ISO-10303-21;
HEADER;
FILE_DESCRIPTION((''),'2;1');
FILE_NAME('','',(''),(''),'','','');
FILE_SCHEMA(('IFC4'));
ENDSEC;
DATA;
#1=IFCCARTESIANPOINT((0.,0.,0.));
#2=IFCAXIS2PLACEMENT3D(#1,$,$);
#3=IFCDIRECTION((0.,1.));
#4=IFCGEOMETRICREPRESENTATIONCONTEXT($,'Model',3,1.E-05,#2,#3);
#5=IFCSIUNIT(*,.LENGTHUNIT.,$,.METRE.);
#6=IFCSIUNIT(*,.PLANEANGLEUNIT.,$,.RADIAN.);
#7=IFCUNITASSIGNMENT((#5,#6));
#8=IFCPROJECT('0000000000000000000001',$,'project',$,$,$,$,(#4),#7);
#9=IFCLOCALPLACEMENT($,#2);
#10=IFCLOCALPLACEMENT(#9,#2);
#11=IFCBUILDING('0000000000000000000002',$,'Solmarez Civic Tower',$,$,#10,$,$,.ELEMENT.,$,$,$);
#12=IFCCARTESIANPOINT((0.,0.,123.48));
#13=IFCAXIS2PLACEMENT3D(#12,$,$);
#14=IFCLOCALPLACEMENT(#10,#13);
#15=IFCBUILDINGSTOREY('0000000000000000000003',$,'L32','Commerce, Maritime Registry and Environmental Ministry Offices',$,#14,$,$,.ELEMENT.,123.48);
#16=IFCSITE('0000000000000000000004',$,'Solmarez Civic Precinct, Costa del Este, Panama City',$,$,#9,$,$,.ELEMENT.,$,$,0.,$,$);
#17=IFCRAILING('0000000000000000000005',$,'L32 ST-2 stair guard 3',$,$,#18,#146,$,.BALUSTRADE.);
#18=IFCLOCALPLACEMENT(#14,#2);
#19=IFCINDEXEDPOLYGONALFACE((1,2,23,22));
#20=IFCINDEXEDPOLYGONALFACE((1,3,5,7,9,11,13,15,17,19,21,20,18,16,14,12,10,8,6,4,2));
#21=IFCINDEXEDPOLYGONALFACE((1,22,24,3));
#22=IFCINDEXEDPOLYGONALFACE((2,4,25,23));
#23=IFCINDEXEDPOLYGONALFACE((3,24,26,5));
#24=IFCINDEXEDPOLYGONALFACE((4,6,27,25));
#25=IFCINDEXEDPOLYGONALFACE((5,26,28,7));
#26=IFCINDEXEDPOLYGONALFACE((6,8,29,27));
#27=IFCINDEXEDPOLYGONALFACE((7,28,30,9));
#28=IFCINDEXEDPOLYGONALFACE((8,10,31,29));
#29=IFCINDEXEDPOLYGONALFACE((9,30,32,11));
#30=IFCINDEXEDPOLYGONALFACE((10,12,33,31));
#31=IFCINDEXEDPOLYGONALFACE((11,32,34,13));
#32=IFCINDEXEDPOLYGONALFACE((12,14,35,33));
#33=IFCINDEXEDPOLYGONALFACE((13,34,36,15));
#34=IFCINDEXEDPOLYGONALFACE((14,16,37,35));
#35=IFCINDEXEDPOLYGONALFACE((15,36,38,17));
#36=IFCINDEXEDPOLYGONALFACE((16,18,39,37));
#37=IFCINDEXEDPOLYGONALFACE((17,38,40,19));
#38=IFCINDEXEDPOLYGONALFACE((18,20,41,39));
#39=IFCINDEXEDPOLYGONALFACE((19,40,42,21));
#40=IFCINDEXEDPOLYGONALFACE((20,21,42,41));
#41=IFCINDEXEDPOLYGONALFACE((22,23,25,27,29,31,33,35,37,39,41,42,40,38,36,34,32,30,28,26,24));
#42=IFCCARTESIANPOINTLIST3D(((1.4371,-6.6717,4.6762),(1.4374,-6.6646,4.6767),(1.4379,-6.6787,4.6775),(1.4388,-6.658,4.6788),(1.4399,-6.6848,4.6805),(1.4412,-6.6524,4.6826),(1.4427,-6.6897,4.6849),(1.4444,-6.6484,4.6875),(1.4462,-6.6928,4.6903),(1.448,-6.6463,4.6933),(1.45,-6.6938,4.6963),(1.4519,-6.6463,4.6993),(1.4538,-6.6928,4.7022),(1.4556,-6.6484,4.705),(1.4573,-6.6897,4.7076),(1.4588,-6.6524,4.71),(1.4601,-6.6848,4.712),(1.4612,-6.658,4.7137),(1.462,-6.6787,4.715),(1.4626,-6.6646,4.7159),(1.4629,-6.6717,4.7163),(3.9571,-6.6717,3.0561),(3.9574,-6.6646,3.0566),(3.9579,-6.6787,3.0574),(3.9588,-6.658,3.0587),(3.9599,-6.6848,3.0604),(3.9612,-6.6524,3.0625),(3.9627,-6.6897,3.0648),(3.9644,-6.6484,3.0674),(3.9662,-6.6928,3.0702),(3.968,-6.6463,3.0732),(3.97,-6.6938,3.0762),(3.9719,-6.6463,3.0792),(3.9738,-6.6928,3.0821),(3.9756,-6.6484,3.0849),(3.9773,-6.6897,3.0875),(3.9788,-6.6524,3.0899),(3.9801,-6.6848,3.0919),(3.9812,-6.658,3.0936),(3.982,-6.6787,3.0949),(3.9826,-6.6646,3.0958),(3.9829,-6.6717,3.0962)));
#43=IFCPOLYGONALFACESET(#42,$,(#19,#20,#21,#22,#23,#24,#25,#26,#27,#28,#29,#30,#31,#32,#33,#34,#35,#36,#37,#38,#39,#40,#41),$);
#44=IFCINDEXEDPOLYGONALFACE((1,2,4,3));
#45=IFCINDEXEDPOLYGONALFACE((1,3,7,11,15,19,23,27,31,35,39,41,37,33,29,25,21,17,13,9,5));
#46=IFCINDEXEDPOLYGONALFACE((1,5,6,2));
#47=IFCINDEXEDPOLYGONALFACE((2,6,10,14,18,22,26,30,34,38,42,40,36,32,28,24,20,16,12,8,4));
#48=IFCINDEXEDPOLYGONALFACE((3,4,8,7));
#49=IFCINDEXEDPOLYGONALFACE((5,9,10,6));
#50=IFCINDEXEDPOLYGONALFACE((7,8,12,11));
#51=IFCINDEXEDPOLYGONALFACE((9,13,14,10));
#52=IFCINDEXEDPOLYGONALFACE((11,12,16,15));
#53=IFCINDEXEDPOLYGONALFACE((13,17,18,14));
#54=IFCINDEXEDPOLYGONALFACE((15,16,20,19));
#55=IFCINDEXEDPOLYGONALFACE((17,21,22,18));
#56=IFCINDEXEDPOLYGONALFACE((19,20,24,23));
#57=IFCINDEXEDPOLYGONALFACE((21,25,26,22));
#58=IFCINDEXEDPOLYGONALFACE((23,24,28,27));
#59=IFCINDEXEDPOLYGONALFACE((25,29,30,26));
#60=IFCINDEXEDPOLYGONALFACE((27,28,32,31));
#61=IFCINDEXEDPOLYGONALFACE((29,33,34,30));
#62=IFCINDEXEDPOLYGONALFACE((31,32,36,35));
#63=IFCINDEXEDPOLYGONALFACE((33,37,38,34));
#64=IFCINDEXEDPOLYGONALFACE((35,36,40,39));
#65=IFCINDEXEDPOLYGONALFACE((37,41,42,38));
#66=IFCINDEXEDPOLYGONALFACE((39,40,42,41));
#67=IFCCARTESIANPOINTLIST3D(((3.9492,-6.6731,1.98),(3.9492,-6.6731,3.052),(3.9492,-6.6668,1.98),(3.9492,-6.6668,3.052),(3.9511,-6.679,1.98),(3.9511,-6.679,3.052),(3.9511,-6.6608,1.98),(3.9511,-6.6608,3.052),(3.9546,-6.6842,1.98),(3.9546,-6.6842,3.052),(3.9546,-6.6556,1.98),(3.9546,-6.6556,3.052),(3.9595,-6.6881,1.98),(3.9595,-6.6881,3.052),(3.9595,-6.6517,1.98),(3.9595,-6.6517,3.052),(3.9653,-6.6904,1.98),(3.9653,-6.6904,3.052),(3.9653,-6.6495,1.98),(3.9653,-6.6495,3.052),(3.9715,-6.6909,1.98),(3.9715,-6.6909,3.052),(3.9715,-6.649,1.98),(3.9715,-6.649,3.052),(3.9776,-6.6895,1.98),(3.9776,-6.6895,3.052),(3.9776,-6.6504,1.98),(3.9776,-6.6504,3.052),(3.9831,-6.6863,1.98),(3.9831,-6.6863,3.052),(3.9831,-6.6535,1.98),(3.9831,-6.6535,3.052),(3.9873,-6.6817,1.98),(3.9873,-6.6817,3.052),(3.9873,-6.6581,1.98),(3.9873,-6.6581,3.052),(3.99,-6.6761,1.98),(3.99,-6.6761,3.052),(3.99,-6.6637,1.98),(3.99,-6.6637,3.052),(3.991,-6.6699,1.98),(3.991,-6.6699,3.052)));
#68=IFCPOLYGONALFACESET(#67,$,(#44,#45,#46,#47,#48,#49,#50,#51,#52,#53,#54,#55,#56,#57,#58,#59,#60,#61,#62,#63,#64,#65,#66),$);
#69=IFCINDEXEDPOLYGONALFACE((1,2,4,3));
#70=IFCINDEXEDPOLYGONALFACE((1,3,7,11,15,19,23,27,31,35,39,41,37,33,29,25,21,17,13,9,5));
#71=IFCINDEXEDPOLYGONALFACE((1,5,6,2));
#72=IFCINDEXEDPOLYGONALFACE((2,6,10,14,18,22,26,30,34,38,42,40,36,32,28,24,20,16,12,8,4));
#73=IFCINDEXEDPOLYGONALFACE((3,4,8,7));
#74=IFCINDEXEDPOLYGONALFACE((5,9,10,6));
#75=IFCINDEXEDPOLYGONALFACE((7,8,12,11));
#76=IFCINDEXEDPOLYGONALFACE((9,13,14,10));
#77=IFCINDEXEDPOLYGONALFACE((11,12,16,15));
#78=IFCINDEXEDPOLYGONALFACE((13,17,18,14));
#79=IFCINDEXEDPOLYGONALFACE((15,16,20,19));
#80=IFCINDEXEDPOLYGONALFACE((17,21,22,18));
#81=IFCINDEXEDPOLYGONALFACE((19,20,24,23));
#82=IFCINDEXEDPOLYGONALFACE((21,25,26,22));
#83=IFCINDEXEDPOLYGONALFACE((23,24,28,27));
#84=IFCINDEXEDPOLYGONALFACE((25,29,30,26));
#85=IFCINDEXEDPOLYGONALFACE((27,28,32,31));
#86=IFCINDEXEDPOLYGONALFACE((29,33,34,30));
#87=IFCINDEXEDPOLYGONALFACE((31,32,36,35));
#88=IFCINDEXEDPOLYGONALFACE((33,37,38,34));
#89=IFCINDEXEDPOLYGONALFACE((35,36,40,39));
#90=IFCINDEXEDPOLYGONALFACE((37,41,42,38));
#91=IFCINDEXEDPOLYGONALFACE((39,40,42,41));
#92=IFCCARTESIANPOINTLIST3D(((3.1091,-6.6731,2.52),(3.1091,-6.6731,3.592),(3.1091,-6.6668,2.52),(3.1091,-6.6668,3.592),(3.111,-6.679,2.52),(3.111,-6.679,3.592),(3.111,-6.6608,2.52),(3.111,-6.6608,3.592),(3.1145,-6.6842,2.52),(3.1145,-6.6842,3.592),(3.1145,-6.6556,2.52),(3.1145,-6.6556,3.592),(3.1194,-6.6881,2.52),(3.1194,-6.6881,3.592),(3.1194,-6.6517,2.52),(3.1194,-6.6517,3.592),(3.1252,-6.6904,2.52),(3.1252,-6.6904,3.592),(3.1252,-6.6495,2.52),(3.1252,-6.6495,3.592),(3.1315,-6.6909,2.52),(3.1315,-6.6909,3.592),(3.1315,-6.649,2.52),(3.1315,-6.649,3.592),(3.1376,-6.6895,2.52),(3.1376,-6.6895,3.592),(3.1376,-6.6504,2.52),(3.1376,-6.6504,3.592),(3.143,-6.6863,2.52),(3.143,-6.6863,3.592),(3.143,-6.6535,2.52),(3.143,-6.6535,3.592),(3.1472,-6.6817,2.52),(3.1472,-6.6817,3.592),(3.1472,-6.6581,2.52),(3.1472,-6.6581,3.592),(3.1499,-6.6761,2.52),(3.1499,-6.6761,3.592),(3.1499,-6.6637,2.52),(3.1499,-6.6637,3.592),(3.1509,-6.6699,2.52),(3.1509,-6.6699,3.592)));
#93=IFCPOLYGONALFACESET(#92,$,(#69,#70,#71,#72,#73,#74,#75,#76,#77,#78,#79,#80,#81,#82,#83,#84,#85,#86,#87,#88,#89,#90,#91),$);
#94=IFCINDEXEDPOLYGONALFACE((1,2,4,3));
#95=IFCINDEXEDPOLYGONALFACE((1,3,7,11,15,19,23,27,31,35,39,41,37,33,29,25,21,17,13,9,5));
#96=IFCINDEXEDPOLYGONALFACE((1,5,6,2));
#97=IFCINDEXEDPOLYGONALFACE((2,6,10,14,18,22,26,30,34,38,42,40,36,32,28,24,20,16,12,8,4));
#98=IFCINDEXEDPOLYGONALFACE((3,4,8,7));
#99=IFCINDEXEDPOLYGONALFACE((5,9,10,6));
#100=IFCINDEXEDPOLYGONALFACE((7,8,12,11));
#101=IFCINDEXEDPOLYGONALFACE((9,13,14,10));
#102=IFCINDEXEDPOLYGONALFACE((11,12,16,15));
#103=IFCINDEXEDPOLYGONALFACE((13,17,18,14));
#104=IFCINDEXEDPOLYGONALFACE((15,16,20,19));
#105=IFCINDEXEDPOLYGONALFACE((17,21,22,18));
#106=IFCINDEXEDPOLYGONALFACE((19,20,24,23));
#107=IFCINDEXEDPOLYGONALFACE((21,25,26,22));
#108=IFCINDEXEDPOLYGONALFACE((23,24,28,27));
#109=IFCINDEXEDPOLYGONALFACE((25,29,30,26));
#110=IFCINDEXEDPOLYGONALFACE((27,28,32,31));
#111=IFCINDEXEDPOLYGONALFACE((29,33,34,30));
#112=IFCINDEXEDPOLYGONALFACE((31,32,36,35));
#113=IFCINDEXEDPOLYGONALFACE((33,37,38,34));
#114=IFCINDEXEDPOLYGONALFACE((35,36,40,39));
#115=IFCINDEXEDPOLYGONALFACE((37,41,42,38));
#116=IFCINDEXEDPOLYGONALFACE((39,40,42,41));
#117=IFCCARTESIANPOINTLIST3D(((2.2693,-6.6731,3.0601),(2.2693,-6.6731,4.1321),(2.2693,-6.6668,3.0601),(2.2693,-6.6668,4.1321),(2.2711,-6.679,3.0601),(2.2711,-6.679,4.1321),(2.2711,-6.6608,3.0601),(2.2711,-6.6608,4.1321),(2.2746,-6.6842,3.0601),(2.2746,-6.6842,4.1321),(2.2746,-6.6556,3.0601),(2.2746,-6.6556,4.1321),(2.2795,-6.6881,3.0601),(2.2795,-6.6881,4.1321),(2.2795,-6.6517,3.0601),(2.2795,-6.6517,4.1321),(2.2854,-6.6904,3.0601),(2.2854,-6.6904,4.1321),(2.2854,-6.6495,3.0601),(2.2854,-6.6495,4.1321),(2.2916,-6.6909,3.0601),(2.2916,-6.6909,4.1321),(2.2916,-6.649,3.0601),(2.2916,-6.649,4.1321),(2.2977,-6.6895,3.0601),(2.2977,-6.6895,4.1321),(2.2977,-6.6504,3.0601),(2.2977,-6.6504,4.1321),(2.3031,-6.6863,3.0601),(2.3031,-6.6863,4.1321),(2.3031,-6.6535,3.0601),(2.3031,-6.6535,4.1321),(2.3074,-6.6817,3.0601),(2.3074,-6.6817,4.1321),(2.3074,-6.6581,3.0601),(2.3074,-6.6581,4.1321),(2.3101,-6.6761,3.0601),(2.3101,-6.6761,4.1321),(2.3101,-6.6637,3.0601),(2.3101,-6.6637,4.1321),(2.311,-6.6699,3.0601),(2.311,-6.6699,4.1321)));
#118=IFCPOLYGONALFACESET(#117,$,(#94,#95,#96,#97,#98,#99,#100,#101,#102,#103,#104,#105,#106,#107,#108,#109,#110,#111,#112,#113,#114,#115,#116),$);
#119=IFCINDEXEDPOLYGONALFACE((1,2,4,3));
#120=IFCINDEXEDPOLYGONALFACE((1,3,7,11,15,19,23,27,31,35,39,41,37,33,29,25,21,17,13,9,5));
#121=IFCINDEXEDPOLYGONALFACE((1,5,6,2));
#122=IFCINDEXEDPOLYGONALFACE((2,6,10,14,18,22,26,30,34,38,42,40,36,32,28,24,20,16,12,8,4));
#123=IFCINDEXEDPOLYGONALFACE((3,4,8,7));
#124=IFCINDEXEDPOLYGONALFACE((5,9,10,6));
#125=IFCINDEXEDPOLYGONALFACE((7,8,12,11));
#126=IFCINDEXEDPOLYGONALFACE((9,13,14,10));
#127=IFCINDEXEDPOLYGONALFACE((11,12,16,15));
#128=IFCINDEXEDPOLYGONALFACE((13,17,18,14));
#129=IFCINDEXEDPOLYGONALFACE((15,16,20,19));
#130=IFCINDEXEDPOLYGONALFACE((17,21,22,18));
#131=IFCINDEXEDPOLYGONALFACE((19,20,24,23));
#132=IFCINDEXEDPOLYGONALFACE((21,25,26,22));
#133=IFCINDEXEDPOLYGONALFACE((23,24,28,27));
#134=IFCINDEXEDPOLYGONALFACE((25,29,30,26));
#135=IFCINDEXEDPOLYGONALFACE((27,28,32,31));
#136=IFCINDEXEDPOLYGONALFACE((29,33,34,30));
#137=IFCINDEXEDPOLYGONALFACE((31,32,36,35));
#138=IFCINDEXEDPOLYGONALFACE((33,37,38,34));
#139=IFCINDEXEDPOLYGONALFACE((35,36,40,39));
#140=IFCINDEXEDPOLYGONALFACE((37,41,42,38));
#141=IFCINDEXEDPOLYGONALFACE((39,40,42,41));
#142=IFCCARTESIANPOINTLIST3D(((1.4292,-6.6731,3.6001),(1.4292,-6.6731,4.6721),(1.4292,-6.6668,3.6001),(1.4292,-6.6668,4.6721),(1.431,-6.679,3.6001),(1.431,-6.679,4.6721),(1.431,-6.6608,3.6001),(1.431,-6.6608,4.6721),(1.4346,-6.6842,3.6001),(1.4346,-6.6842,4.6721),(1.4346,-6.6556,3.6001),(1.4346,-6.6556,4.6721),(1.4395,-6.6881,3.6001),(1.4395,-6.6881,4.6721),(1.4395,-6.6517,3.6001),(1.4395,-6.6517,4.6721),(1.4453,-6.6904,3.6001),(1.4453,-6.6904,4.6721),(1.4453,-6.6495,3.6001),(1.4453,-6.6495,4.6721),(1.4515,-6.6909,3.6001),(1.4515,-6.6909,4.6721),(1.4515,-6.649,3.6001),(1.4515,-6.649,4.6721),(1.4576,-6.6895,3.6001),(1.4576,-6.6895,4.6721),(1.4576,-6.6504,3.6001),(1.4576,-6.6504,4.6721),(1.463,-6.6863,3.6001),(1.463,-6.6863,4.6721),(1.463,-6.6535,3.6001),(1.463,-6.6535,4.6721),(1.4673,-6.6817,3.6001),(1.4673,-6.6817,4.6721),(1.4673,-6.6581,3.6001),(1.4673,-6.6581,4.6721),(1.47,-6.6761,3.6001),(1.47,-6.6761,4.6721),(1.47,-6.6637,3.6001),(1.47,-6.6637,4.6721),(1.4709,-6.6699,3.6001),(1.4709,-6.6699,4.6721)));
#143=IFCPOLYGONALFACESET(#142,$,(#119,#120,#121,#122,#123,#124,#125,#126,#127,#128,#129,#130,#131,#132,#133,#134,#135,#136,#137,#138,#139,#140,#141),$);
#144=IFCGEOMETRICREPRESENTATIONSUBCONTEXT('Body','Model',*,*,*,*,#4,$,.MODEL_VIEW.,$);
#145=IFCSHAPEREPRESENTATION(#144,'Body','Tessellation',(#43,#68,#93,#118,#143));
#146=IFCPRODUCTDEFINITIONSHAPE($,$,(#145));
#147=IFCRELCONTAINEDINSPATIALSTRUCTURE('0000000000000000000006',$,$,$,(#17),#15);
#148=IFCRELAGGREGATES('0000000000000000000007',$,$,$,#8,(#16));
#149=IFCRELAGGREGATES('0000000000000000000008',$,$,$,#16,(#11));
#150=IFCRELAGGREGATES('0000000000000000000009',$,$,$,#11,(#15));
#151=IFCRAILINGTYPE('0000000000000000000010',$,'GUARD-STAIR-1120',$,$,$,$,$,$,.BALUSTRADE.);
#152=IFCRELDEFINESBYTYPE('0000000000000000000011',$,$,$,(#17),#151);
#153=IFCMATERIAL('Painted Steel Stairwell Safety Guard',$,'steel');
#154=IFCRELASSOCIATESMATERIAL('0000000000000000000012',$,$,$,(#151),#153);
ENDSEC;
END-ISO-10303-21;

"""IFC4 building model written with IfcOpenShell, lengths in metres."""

from ifc_helpers import new_model, si_unit, direction, frame, origin, origin_2d, place, context, subcontext, project, spatial, circle, extrude, material, type_object, element, save


model = new_model("IFC4")

# Units and contexts
model_context = context("Model", 3, precision=1e-05, world=origin(), true_north=direction((0.0, 1.0)))
body_context = subcontext(model_context, "Body", "Model", "MODEL_VIEW")
ifc_project = project(units=[si_unit("LENGTHUNIT", "METRE"), si_unit("PLANEANGLEUNIT", "RADIAN")], contexts=[model_context])

# Site, building, storey
site_placement = place(None, origin())
site = spatial("IfcSite", under=ifc_project, at=site_placement, Name="Solmarez Civic Precinct, Costa del Este, Panama City", CompositionType="ELEMENT", RefElevation=0.0)
building_placement = place(site_placement, origin())
building = spatial("IfcBuilding", under=site, at=building_placement, Name="Solmarez Civic Tower", CompositionType="ELEMENT")
storey_placement = place(building_placement, frame((0.0, 0.0, 123.48)))
storey = spatial("IfcBuildingStorey", under=building, at=storey_placement, Name="L32", Description="Commerce, Maritime Registry and Environmental Ministry Offices", CompositionType="ELEMENT", Elevation=123.48)

# Railing
ifc_material_1 = material(Name="Painted Steel Stairwell Safety Guard", Category="steel")
railing_type_1 = type_object("IfcRailingType", Name="GUARD-STAIR-1120", PredefinedType="BALUSTRADE", material=ifc_material_1)
railing_1_placement = place(storey_placement, frame((3.97, -6.6699, 1.98)))
element("IfcRailing", 1, at=railing_1_placement, inside=storey, type_object=railing_type_1, Name="L32 ST-2 stair guard 3", PredefinedType="BALUSTRADE", context=body_context, shape_type="SweptSolid", body=[
    extrude(circle(Radius=0.0239, at=origin_2d()), frame((0.0, 0.0, 1.0962), z_axis=(-0.841163, 0.0, 0.540782), x_axis=(0.0, -1.0, 0.0)), (0.0, 0.0, 1.0), 2.9958),
    extrude(circle(Radius=0.021, at=origin_2d()), origin(), (0.0, 0.0, 1.0), 1.072),
    extrude(circle(Radius=0.021, at=origin_2d()), frame((-0.8401, 0.0, 0.54)), (0.0, 0.0, 1.0), 1.072),
    extrude(circle(Radius=0.021, at=origin_2d()), frame((-1.6799, 0.0, 1.0801)), (0.0, 0.0, 1.0), 1.072),
    extrude(circle(Radius=0.021, at=origin_2d()), frame((-2.52, 0.0, 1.6201)), (0.0, 0.0, 1.0), 1.072),
])

save(model, "model.ifc")
